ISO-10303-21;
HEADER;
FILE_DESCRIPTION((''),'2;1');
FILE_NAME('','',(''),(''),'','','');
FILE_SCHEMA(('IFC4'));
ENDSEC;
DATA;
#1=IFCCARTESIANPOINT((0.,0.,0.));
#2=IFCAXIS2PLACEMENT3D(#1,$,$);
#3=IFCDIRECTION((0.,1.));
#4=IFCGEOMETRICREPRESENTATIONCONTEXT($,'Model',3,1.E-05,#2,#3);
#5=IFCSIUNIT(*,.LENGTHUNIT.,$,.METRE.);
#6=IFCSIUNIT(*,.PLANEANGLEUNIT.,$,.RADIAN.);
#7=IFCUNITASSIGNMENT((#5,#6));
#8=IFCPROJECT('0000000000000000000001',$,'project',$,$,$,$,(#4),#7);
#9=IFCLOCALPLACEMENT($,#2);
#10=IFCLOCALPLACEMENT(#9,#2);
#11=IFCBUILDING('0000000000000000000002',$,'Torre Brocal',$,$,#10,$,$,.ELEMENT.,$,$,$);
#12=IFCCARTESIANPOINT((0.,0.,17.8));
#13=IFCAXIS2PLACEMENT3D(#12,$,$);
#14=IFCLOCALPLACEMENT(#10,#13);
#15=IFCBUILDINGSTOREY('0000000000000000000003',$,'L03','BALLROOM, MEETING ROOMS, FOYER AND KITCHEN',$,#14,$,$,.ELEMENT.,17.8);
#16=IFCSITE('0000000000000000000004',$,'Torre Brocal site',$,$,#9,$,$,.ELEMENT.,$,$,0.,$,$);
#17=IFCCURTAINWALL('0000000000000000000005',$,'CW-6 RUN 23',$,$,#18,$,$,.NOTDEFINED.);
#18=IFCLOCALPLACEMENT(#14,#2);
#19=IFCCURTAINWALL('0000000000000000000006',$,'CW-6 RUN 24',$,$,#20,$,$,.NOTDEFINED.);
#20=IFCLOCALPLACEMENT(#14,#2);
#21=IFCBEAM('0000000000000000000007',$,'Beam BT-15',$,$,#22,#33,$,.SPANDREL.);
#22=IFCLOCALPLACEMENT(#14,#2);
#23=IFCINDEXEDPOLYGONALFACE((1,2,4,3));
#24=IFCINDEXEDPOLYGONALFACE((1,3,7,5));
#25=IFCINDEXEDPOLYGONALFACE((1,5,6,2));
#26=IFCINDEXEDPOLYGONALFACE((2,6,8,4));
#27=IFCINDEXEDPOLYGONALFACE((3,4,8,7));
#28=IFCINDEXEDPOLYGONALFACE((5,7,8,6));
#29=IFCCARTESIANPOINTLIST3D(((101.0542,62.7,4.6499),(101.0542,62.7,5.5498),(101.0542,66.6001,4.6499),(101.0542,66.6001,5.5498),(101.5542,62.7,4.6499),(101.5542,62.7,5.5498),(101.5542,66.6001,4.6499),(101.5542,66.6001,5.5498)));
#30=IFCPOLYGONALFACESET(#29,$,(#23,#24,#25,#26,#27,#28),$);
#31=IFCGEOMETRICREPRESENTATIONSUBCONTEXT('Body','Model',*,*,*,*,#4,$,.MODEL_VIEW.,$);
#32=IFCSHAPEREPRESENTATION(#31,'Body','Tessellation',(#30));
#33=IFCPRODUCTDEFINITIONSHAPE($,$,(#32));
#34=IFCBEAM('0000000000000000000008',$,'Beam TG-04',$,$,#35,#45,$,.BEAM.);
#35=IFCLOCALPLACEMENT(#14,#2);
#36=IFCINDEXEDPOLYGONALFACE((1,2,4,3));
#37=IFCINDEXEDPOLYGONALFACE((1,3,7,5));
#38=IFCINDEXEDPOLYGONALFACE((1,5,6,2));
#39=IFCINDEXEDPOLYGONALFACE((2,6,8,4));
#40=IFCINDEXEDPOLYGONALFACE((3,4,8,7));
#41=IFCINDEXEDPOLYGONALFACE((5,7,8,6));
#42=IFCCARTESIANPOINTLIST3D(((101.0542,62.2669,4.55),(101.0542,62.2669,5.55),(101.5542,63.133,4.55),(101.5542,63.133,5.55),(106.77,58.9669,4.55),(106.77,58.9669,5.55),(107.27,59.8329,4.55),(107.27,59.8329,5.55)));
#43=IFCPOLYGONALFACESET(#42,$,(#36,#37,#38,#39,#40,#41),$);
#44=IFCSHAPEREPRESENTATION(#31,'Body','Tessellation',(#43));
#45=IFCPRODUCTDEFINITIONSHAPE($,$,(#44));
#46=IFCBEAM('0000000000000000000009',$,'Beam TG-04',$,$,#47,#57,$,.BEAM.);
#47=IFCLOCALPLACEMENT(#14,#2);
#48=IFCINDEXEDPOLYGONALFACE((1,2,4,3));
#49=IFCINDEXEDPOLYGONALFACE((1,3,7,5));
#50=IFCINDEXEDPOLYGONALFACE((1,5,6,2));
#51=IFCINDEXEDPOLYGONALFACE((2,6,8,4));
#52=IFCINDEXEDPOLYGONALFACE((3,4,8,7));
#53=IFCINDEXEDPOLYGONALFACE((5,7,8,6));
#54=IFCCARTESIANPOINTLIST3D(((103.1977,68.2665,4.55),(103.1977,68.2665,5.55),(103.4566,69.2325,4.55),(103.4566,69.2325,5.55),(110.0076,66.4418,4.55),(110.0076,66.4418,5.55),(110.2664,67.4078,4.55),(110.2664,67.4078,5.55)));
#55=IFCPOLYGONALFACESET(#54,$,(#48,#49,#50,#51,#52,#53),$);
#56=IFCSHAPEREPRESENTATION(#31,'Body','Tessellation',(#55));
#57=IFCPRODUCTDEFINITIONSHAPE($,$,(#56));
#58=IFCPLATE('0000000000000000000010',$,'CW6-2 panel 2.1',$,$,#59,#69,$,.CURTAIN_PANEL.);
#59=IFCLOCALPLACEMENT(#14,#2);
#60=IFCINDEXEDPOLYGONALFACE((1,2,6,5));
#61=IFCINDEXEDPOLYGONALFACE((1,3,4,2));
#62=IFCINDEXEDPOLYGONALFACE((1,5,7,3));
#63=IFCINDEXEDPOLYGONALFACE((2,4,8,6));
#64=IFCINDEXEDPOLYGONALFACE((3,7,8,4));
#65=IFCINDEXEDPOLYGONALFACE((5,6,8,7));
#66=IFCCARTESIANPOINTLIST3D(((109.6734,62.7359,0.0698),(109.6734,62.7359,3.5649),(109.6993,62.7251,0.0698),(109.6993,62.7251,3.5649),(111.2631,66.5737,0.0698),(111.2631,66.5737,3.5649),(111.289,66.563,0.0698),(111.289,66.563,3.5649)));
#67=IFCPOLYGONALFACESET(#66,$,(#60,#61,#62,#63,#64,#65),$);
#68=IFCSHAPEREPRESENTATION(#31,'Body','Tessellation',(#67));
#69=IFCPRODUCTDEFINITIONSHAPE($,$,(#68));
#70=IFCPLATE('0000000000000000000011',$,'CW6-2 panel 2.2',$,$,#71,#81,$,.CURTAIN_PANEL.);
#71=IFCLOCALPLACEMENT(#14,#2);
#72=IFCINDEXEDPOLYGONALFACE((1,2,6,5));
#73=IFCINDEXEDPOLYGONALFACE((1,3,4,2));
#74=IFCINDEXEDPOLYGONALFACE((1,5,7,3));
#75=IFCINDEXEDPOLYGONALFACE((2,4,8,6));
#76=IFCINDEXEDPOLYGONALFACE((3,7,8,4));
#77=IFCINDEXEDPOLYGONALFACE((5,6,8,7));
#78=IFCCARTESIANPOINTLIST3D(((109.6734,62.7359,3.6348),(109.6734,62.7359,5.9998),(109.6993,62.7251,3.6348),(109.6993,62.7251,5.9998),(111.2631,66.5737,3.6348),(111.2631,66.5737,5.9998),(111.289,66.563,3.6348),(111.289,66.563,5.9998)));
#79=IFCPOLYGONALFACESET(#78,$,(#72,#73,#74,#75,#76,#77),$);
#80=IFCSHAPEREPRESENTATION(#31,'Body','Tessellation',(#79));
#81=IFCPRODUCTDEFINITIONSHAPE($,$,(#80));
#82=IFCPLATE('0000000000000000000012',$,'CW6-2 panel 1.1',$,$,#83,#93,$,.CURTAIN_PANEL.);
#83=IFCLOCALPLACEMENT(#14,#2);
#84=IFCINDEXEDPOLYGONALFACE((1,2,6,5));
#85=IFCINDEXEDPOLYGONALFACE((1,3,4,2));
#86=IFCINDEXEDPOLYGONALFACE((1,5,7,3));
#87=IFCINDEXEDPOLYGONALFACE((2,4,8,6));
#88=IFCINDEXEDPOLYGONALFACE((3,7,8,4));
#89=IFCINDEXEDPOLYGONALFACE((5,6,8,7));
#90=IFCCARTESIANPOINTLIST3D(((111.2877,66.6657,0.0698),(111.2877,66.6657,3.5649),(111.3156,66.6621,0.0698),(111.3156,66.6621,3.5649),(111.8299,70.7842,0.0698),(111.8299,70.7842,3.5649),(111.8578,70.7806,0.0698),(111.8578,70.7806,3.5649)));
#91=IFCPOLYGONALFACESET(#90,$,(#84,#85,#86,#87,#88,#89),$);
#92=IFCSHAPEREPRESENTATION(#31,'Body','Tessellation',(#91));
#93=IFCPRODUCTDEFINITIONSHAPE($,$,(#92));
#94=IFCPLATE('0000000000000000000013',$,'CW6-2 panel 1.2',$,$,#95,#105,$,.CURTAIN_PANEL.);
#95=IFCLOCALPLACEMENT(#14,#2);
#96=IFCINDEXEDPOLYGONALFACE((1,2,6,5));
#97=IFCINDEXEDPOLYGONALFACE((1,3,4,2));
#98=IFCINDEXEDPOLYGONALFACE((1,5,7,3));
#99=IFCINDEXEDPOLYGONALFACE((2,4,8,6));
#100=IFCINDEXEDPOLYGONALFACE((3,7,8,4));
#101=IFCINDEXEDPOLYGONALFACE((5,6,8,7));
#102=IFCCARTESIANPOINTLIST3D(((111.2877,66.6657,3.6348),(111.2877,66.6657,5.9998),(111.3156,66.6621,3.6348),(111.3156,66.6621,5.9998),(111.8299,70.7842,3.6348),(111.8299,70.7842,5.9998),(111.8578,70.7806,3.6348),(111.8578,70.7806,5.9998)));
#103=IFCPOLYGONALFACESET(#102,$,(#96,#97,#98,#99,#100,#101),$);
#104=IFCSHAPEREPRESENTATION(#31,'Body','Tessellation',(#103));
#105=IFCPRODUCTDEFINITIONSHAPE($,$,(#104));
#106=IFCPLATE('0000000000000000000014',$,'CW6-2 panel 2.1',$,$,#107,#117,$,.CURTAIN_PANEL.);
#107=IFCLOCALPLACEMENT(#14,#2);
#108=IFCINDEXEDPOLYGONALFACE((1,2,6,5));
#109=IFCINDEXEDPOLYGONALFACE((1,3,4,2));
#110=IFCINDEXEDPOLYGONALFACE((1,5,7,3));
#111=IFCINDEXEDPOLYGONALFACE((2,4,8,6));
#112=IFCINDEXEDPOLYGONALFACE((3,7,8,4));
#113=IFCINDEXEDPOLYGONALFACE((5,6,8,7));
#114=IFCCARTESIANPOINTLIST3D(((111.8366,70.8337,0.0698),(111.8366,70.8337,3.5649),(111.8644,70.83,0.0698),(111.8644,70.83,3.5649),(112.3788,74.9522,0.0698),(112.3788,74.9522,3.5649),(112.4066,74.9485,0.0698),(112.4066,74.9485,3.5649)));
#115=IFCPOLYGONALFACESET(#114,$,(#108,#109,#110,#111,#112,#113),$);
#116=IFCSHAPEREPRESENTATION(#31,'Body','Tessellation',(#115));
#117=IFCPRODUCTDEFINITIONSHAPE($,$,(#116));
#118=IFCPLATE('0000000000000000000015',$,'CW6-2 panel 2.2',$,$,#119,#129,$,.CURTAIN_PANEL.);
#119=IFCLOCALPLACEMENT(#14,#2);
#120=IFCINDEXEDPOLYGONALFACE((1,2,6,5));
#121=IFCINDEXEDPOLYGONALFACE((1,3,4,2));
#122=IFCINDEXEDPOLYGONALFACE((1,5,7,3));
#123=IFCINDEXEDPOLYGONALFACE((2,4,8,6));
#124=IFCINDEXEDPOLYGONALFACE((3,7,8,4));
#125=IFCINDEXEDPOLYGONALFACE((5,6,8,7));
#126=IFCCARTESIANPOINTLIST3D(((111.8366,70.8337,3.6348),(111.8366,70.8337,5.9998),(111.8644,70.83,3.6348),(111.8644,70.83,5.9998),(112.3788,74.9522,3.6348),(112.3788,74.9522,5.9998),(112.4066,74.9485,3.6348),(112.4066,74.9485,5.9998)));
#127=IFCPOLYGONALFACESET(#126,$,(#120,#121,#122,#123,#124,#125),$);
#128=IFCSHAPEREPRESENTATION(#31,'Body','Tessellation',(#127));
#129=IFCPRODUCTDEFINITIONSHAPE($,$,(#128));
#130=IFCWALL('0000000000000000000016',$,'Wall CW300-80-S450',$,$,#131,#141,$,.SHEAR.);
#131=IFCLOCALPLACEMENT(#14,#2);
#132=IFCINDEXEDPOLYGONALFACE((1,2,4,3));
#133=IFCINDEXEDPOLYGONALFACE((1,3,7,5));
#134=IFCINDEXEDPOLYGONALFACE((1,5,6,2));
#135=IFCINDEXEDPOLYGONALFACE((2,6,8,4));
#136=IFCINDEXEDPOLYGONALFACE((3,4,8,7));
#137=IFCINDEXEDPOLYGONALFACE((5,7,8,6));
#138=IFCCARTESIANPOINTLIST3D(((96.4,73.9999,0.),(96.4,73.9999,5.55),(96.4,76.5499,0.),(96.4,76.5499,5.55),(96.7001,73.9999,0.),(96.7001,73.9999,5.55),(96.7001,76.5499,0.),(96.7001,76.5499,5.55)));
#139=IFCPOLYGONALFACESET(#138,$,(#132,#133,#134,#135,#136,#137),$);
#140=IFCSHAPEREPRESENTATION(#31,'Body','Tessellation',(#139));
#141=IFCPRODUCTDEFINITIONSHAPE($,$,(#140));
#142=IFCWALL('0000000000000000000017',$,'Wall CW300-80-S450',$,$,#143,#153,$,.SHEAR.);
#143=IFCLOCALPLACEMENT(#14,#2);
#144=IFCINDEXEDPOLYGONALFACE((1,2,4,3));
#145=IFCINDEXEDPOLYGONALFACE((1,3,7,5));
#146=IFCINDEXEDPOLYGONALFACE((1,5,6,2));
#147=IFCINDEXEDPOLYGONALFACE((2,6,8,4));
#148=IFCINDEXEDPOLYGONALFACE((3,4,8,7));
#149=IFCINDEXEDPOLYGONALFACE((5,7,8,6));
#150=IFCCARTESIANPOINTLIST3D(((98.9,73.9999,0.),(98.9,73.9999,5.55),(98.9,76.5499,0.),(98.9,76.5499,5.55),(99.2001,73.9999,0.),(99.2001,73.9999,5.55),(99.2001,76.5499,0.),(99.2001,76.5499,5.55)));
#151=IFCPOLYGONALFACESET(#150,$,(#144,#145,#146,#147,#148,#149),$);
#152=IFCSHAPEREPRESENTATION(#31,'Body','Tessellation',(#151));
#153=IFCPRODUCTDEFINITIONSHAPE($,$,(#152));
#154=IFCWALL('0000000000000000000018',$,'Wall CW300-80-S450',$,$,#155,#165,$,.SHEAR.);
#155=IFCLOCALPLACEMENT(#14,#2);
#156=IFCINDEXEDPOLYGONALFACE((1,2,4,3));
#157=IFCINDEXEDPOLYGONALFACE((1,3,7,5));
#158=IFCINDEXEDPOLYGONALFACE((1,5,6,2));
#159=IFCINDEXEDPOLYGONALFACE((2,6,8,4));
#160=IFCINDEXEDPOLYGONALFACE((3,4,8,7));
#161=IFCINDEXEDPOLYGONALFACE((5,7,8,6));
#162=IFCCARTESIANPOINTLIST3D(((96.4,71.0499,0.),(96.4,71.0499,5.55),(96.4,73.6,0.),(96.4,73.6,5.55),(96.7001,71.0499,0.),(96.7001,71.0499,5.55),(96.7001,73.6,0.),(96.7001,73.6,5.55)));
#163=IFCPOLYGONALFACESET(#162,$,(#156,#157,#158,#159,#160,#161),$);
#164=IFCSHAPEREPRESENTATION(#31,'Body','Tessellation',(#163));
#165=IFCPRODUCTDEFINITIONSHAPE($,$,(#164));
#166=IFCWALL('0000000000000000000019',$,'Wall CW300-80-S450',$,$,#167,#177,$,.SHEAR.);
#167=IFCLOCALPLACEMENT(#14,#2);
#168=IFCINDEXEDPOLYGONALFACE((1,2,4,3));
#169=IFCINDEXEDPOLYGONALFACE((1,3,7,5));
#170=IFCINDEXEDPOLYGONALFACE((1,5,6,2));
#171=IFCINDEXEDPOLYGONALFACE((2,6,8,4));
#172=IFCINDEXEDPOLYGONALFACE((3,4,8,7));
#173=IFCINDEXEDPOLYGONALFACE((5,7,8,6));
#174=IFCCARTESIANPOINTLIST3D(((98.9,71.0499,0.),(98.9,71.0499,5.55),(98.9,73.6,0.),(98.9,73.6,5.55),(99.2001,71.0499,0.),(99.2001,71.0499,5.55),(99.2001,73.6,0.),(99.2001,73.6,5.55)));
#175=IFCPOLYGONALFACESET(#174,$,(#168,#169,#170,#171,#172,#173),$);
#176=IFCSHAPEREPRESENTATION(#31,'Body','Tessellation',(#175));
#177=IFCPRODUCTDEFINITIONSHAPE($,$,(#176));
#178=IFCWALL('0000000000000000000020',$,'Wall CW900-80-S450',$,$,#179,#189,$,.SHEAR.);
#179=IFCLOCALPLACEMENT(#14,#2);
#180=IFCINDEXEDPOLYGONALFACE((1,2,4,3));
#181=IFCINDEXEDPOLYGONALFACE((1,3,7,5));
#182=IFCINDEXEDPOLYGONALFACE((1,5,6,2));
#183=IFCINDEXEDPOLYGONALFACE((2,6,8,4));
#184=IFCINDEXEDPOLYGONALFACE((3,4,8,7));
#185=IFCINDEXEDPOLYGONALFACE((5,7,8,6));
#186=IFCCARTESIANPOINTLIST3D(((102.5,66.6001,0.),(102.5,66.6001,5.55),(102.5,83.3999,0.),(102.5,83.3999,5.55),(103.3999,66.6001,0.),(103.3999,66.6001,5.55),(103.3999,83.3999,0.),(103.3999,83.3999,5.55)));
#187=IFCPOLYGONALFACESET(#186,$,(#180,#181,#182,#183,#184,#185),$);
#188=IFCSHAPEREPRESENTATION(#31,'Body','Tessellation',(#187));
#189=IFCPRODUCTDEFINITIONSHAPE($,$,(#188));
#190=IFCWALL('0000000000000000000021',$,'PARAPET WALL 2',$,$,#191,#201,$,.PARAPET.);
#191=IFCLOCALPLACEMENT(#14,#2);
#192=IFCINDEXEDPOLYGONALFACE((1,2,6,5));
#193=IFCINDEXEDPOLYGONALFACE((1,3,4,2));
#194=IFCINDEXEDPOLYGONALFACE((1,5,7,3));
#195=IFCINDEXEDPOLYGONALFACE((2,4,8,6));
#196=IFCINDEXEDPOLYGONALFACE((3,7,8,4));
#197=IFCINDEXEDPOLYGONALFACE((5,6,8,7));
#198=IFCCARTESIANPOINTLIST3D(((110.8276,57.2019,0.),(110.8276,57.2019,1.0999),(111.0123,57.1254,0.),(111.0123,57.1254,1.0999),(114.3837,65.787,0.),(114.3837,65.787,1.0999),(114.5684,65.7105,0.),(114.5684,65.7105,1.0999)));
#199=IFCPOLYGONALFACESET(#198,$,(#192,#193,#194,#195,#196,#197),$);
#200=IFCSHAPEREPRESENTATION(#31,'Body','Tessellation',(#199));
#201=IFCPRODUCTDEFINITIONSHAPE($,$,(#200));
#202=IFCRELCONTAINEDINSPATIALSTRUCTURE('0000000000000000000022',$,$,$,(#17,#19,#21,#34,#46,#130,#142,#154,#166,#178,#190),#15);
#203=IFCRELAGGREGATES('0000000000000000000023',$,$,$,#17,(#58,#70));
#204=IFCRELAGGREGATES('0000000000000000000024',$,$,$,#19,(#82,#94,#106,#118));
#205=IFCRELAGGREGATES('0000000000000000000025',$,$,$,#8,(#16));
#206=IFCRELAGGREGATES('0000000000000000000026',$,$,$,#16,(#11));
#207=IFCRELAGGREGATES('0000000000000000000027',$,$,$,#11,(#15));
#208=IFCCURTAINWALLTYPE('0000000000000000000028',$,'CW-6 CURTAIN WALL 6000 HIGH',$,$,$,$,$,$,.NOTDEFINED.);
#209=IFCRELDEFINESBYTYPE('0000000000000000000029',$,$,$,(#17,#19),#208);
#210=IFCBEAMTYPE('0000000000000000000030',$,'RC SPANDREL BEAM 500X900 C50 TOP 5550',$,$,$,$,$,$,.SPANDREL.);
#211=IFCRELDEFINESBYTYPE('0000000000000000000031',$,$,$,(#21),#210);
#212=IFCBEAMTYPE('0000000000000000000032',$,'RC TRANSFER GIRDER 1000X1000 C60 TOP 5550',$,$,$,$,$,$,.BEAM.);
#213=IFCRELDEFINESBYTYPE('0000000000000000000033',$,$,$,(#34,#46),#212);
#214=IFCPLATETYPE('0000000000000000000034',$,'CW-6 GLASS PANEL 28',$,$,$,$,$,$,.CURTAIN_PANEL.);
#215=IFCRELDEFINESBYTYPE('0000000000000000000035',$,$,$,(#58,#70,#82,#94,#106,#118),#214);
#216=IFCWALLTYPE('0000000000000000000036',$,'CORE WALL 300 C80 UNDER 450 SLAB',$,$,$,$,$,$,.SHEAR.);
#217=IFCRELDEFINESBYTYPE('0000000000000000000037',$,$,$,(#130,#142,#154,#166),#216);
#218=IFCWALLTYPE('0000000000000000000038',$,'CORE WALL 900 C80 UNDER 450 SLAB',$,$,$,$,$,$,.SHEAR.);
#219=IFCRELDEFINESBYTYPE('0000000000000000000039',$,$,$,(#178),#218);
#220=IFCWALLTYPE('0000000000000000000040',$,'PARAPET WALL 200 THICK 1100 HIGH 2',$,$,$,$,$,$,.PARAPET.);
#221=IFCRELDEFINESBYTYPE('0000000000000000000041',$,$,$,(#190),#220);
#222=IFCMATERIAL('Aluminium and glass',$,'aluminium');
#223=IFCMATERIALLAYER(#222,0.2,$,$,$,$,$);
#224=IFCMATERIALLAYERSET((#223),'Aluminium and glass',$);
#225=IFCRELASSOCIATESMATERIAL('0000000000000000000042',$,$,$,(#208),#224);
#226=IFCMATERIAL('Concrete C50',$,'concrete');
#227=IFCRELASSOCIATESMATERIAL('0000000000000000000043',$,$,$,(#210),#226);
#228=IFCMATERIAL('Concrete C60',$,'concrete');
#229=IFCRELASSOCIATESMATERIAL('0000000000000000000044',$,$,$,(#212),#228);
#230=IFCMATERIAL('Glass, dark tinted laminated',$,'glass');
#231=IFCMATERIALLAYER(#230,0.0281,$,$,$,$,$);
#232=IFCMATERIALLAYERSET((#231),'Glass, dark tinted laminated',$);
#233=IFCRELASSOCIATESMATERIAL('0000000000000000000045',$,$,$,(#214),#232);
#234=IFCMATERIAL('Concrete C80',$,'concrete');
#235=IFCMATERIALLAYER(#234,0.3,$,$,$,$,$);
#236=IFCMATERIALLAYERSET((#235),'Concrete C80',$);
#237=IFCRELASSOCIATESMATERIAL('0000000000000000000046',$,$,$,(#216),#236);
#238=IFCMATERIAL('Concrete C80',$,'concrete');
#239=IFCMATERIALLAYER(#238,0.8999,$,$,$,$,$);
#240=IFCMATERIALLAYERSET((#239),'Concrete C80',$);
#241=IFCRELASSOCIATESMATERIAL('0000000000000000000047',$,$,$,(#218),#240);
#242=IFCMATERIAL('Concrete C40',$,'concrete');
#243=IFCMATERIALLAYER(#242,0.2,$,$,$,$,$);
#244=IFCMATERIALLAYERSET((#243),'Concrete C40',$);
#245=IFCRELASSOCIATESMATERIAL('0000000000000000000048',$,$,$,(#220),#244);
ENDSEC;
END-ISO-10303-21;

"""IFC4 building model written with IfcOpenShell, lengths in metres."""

from ifc_helpers import new_model, si_unit, direction, frame, frame_2d, origin, origin_2d, place, context, subcontext, project, spatial, rectangle, extrude, material, layer, layer_set, material_profile, profile_set, type_object, element, aggregate, save


model = new_model("IFC4")

# Units and contexts
model_context = context("Model", 3, precision=1e-05, world=origin(), true_north=direction((0.0, 1.0)))
body_context = subcontext(model_context, "Body", "Model", "MODEL_VIEW")
ifc_project = project(units=[si_unit("LENGTHUNIT", "METRE"), si_unit("PLANEANGLEUNIT", "RADIAN")], contexts=[model_context])

# Site, building, storey
site_placement = place(None, origin())
site = spatial("IfcSite", under=ifc_project, at=site_placement, Name="Torre Brocal site", CompositionType="ELEMENT", RefElevation=0.0)
building_placement = place(site_placement, origin())
building = spatial("IfcBuilding", under=site, at=building_placement, Name="Torre Brocal", CompositionType="ELEMENT")
storey_placement = place(building_placement, frame((0.0, 0.0, 17.8)))
storey = spatial("IfcBuildingStorey", under=building, at=storey_placement, Name="L03", Description="BALLROOM, MEETING ROOMS, FOYER AND KITCHEN", CompositionType="ELEMENT", Elevation=17.8)

# Curtain walls
ifc_material_1 = material(Name="Aluminium and glass", Category="aluminium")
ifc_layer_1 = layer(ifc_material_1, 0.2)
ifc_layer_set_1 = layer_set([ifc_layer_1], Name="Aluminium and glass")
curtain_wall_type = type_object("IfcCurtainWallType", Name="CW-6 CURTAIN WALL 6000 HIGH", PredefinedType="NOTDEFINED", material=ifc_layer_set_1)
curtain_wall_1_placement = place(storey_placement, origin())
curtain_wall_1 = element("IfcCurtainWall", 1, at=curtain_wall_1_placement, inside=storey, type_object=curtain_wall_type, Name="CW-6 RUN 23", PredefinedType="NOTDEFINED")
curtain_wall_2_placement = place(storey_placement, origin())
curtain_wall_2 = element("IfcCurtainWall", 2, at=curtain_wall_2_placement, inside=storey, type_object=curtain_wall_type, Name="CW-6 RUN 24", PredefinedType="NOTDEFINED")

# Beams
ifc_material_2 = material(Name="Concrete C50", Category="concrete")
ifc_material_profile_1 = material_profile(ifc_material_2, rectangle(XDim=0.5, YDim=0.8999, at=origin_2d()), Name="RC 500X900")
ifc_profile_set_1 = profile_set([ifc_material_profile_1], Name="Concrete C50")
beam_type_1 = type_object("IfcBeamType", Name="RC SPANDREL BEAM 500X900 C50 TOP 5550", PredefinedType="SPANDREL", material=ifc_profile_set_1)
beam_1_placement = place(storey_placement, frame((101.3042, 62.7, 5.0999), z_axis=(0.0, 1.0, 0.0), x_axis=(-1.0, 0.0, 0.0)))
element("IfcBeam", 3, at=beam_1_placement, inside=storey, type_object=beam_type_1, Name="Beam BT-15", PredefinedType="SPANDREL", context=body_context, shape_type="SweptSolid", body=[
    extrude(rectangle(XDim=0.5, YDim=0.8999, at=origin_2d()), origin(), (0.0, 0.0, 1.0), 3.9001),
])
ifc_material_3 = material(Name="Concrete C60", Category="concrete")
ifc_material_profile_2 = material_profile(ifc_material_3, rectangle(XDim=1.0, YDim=1.0, at=origin_2d()), Name="RC 1000X1000")
ifc_profile_set_2 = profile_set([ifc_material_profile_2], Name="Concrete C60")
beam_type_2 = type_object("IfcBeamType", Name="RC TRANSFER GIRDER 1000X1000 C60 TOP 5550", PredefinedType="BEAM", material=ifc_profile_set_2)
beam_2_placement = place(storey_placement, frame((101.3042, 62.7, 5.05), z_axis=(0.866024, -0.500002, 0.0), x_axis=(0.500002, 0.866024, 0.0)))
element("IfcBeam", 4, at=beam_2_placement, inside=storey, type_object=beam_type_2, Name="Beam TG-04", PredefinedType="BEAM", context=body_context, shape_type="SweptSolid", body=[
    extrude(rectangle(XDim=1.0, YDim=1.0, at=origin_2d()), origin(), (0.0, 0.0, 1.0), 6.6001),
])
beam_3_placement = place(storey_placement, frame((103.3271, 68.7495, 5.05), z_axis=(0.965925, -0.258822, 0.0), x_axis=(0.258822, 0.965925, 0.0)))
element("IfcBeam", 5, at=beam_3_placement, inside=storey, type_object=beam_type_2, Name="Beam TG-04", PredefinedType="BEAM", context=body_context, shape_type="SweptSolid", body=[
    extrude(rectangle(XDim=1.0, YDim=1.0, at=origin_2d()), origin(), (0.0, 0.0, 1.0), 7.05),
])

# Plates
ifc_material_4 = material(Name="Glass, dark tinted laminated", Category="glass")
ifc_layer_2 = layer(ifc_material_4, 0.0281)
ifc_layer_set_2 = layer_set([ifc_layer_2], Name="Glass, dark tinted laminated")
plate_type = type_object("IfcPlateType", Name="CW-6 GLASS PANEL 28", PredefinedType="CURTAIN_PANEL", material=ifc_layer_set_2)
plate_1_placement = place(storey_placement, frame((110.4812, 64.6494, 0.0698), z_axis=(0.0, 0.0, 1.0), x_axis=(0.382683, 0.92388, 0.0)))
plate_1 = element("IfcPlate", 6, at=plate_1_placement, type_object=plate_type, Name="CW6-2 panel 2.1", PredefinedType="CURTAIN_PANEL", context=body_context, shape_type="SweptSolid", body=[
    extrude(rectangle(XDim=4.1541, YDim=0.0281, at=origin_2d()), origin(), (0.0, 0.0, 1.0), 3.4951),
])
plate_2_placement = place(storey_placement, frame((110.4812, 64.6494, 3.6348), z_axis=(0.0, 0.0, 1.0), x_axis=(0.382683, 0.92388, 0.0)))
plate_2 = element("IfcPlate", 7, at=plate_2_placement, type_object=plate_type, Name="CW6-2 panel 2.2", PredefinedType="CURTAIN_PANEL", context=body_context, shape_type="SweptSolid", body=[
    extrude(rectangle(XDim=4.1541, YDim=0.0281, at=origin_2d()), origin(), (0.0, 0.0, 1.0), 2.365),
])
aggregate(curtain_wall_1, [plate_1, plate_2])
plate_3_placement = place(storey_placement, frame((111.5728, 68.7231, 0.0698), z_axis=(0.0, 0.0, 1.0), x_axis=(0.130526, 0.991445, 0.0)))
plate_3 = element("IfcPlate", 8, at=plate_3_placement, type_object=plate_type, Name="CW6-2 panel 1.1", PredefinedType="CURTAIN_PANEL", context=body_context, shape_type="SweptSolid", body=[
    extrude(rectangle(XDim=4.1541, YDim=0.0281, at=origin_2d()), origin(), (0.0, 0.0, 1.0), 3.4951),
])
plate_4_placement = place(storey_placement, frame((111.5728, 68.7231, 3.6348), z_axis=(0.0, 0.0, 1.0), x_axis=(0.130526, 0.991445, 0.0)))
plate_4 = element("IfcPlate", 9, at=plate_4_placement, type_object=plate_type, Name="CW6-2 panel 1.2", PredefinedType="CURTAIN_PANEL", context=body_context, shape_type="SweptSolid", body=[
    extrude(rectangle(XDim=4.1541, YDim=0.0281, at=origin_2d()), origin(), (0.0, 0.0, 1.0), 2.365),
])
plate_5_placement = place(storey_placement, frame((112.1216, 72.8911, 0.0698), z_axis=(0.0, 0.0, 1.0), x_axis=(0.130526, 0.991445, 0.0)))
plate_5 = element("IfcPlate", 10, at=plate_5_placement, type_object=plate_type, Name="CW6-2 panel 2.1", PredefinedType="CURTAIN_PANEL", context=body_context, shape_type="SweptSolid", body=[
    extrude(rectangle(XDim=4.1541, YDim=0.0281, at=origin_2d()), origin(), (0.0, 0.0, 1.0), 3.4951),
])
plate_6_placement = place(storey_placement, frame((112.1216, 72.8911, 3.6348), z_axis=(0.0, 0.0, 1.0), x_axis=(0.130526, 0.991445, 0.0)))
plate_6 = element("IfcPlate", 11, at=plate_6_placement, type_object=plate_type, Name="CW6-2 panel 2.2", PredefinedType="CURTAIN_PANEL", context=body_context, shape_type="SweptSolid", body=[
    extrude(rectangle(XDim=4.1541, YDim=0.0281, at=origin_2d()), origin(), (0.0, 0.0, 1.0), 2.365),
])
aggregate(curtain_wall_2, [plate_3, plate_4, plate_5, plate_6])

# Walls
ifc_material_5 = material(Name="Concrete C80", Category="concrete")
ifc_layer_3 = layer(ifc_material_5, 0.3)
ifc_layer_set_3 = layer_set([ifc_layer_3], Name="Concrete C80")
wall_type_1 = type_object("IfcWallType", Name="CORE WALL 300 C80 UNDER 450 SLAB", PredefinedType="SHEAR", material=ifc_layer_set_3)
for number, where, z_axis, x_axis, name in (
    (12, (96.55, 74.0, 0.0), (0.0, 0.0, 1.0), (0.0, 1.0, 0.0), "Wall CW300-80-S450"),
    (13, (99.05, 74.0, 0.0), (0.0, 0.0, 1.0), (0.0, 1.0, 0.0), "Wall CW300-80-S450"),
    (14, (96.55, 71.05, 0.0), (0.0, 0.0, 1.0), (0.0, 1.0, 0.0), "Wall CW300-80-S450"),
    (15, (99.05, 71.05, 0.0), (0.0, 0.0, 1.0), (0.0, 1.0, 0.0), "Wall CW300-80-S450"),
):
    element("IfcWall", number, at=place(storey_placement, frame(where, z_axis=z_axis, x_axis=x_axis)), inside=storey, type_object=wall_type_1, Name=name, PredefinedType="SHEAR", context=body_context, shape_type="SweptSolid", body=[
        extrude(rectangle(XDim=2.55, YDim=0.3, at=frame_2d((1.2749, 0.0))), origin(), (0.0, 0.0, 1.0), 5.55),
    ])
ifc_material_6 = material(Name="Concrete C80", Category="concrete")
ifc_layer_4 = layer(ifc_material_6, 0.8999)
ifc_layer_set_4 = layer_set([ifc_layer_4], Name="Concrete C80")
wall_type_2 = type_object("IfcWallType", Name="CORE WALL 900 C80 UNDER 450 SLAB", PredefinedType="SHEAR", material=ifc_layer_set_4)
wall_1_placement = place(storey_placement, frame((102.95, 66.6001, 0.0), z_axis=(0.0, 0.0, 1.0), x_axis=(0.0, 1.0, 0.0)))
element("IfcWall", 16, at=wall_1_placement, inside=storey, type_object=wall_type_2, Name="Wall CW900-80-S450", PredefinedType="SHEAR", context=body_context, shape_type="SweptSolid", body=[
    extrude(rectangle(XDim=16.7998, YDim=0.8999, at=frame_2d((8.3999, 0.0))), origin(), (0.0, 0.0, 1.0), 5.55),
])
ifc_material_7 = material(Name="Concrete C40", Category="concrete")
ifc_layer_5 = layer(ifc_material_7, 0.2)
ifc_layer_set_5 = layer_set([ifc_layer_5], Name="Concrete C40")
wall_type_3 = type_object("IfcWallType", Name="PARAPET WALL 200 THICK 1100 HIGH 2", PredefinedType="PARAPET", material=ifc_layer_set_5)
wall_2_placement = place(storey_placement, frame((114.4761, 65.7488, 0.0), z_axis=(0.0, 0.0, 1.0), x_axis=(-0.382687, -0.923878, 0.0)))
element("IfcWall", 17, at=wall_2_placement, inside=storey, type_object=wall_type_3, Name="PARAPET WALL 2", PredefinedType="PARAPET", context=body_context, shape_type="SweptSolid", body=[
    extrude(rectangle(XDim=9.2925, YDim=0.2, at=frame_2d((4.6462, 0.0))), origin(), (0.0, 0.0, 1.0), 1.0999),
])

save(model, "model.ifc")
